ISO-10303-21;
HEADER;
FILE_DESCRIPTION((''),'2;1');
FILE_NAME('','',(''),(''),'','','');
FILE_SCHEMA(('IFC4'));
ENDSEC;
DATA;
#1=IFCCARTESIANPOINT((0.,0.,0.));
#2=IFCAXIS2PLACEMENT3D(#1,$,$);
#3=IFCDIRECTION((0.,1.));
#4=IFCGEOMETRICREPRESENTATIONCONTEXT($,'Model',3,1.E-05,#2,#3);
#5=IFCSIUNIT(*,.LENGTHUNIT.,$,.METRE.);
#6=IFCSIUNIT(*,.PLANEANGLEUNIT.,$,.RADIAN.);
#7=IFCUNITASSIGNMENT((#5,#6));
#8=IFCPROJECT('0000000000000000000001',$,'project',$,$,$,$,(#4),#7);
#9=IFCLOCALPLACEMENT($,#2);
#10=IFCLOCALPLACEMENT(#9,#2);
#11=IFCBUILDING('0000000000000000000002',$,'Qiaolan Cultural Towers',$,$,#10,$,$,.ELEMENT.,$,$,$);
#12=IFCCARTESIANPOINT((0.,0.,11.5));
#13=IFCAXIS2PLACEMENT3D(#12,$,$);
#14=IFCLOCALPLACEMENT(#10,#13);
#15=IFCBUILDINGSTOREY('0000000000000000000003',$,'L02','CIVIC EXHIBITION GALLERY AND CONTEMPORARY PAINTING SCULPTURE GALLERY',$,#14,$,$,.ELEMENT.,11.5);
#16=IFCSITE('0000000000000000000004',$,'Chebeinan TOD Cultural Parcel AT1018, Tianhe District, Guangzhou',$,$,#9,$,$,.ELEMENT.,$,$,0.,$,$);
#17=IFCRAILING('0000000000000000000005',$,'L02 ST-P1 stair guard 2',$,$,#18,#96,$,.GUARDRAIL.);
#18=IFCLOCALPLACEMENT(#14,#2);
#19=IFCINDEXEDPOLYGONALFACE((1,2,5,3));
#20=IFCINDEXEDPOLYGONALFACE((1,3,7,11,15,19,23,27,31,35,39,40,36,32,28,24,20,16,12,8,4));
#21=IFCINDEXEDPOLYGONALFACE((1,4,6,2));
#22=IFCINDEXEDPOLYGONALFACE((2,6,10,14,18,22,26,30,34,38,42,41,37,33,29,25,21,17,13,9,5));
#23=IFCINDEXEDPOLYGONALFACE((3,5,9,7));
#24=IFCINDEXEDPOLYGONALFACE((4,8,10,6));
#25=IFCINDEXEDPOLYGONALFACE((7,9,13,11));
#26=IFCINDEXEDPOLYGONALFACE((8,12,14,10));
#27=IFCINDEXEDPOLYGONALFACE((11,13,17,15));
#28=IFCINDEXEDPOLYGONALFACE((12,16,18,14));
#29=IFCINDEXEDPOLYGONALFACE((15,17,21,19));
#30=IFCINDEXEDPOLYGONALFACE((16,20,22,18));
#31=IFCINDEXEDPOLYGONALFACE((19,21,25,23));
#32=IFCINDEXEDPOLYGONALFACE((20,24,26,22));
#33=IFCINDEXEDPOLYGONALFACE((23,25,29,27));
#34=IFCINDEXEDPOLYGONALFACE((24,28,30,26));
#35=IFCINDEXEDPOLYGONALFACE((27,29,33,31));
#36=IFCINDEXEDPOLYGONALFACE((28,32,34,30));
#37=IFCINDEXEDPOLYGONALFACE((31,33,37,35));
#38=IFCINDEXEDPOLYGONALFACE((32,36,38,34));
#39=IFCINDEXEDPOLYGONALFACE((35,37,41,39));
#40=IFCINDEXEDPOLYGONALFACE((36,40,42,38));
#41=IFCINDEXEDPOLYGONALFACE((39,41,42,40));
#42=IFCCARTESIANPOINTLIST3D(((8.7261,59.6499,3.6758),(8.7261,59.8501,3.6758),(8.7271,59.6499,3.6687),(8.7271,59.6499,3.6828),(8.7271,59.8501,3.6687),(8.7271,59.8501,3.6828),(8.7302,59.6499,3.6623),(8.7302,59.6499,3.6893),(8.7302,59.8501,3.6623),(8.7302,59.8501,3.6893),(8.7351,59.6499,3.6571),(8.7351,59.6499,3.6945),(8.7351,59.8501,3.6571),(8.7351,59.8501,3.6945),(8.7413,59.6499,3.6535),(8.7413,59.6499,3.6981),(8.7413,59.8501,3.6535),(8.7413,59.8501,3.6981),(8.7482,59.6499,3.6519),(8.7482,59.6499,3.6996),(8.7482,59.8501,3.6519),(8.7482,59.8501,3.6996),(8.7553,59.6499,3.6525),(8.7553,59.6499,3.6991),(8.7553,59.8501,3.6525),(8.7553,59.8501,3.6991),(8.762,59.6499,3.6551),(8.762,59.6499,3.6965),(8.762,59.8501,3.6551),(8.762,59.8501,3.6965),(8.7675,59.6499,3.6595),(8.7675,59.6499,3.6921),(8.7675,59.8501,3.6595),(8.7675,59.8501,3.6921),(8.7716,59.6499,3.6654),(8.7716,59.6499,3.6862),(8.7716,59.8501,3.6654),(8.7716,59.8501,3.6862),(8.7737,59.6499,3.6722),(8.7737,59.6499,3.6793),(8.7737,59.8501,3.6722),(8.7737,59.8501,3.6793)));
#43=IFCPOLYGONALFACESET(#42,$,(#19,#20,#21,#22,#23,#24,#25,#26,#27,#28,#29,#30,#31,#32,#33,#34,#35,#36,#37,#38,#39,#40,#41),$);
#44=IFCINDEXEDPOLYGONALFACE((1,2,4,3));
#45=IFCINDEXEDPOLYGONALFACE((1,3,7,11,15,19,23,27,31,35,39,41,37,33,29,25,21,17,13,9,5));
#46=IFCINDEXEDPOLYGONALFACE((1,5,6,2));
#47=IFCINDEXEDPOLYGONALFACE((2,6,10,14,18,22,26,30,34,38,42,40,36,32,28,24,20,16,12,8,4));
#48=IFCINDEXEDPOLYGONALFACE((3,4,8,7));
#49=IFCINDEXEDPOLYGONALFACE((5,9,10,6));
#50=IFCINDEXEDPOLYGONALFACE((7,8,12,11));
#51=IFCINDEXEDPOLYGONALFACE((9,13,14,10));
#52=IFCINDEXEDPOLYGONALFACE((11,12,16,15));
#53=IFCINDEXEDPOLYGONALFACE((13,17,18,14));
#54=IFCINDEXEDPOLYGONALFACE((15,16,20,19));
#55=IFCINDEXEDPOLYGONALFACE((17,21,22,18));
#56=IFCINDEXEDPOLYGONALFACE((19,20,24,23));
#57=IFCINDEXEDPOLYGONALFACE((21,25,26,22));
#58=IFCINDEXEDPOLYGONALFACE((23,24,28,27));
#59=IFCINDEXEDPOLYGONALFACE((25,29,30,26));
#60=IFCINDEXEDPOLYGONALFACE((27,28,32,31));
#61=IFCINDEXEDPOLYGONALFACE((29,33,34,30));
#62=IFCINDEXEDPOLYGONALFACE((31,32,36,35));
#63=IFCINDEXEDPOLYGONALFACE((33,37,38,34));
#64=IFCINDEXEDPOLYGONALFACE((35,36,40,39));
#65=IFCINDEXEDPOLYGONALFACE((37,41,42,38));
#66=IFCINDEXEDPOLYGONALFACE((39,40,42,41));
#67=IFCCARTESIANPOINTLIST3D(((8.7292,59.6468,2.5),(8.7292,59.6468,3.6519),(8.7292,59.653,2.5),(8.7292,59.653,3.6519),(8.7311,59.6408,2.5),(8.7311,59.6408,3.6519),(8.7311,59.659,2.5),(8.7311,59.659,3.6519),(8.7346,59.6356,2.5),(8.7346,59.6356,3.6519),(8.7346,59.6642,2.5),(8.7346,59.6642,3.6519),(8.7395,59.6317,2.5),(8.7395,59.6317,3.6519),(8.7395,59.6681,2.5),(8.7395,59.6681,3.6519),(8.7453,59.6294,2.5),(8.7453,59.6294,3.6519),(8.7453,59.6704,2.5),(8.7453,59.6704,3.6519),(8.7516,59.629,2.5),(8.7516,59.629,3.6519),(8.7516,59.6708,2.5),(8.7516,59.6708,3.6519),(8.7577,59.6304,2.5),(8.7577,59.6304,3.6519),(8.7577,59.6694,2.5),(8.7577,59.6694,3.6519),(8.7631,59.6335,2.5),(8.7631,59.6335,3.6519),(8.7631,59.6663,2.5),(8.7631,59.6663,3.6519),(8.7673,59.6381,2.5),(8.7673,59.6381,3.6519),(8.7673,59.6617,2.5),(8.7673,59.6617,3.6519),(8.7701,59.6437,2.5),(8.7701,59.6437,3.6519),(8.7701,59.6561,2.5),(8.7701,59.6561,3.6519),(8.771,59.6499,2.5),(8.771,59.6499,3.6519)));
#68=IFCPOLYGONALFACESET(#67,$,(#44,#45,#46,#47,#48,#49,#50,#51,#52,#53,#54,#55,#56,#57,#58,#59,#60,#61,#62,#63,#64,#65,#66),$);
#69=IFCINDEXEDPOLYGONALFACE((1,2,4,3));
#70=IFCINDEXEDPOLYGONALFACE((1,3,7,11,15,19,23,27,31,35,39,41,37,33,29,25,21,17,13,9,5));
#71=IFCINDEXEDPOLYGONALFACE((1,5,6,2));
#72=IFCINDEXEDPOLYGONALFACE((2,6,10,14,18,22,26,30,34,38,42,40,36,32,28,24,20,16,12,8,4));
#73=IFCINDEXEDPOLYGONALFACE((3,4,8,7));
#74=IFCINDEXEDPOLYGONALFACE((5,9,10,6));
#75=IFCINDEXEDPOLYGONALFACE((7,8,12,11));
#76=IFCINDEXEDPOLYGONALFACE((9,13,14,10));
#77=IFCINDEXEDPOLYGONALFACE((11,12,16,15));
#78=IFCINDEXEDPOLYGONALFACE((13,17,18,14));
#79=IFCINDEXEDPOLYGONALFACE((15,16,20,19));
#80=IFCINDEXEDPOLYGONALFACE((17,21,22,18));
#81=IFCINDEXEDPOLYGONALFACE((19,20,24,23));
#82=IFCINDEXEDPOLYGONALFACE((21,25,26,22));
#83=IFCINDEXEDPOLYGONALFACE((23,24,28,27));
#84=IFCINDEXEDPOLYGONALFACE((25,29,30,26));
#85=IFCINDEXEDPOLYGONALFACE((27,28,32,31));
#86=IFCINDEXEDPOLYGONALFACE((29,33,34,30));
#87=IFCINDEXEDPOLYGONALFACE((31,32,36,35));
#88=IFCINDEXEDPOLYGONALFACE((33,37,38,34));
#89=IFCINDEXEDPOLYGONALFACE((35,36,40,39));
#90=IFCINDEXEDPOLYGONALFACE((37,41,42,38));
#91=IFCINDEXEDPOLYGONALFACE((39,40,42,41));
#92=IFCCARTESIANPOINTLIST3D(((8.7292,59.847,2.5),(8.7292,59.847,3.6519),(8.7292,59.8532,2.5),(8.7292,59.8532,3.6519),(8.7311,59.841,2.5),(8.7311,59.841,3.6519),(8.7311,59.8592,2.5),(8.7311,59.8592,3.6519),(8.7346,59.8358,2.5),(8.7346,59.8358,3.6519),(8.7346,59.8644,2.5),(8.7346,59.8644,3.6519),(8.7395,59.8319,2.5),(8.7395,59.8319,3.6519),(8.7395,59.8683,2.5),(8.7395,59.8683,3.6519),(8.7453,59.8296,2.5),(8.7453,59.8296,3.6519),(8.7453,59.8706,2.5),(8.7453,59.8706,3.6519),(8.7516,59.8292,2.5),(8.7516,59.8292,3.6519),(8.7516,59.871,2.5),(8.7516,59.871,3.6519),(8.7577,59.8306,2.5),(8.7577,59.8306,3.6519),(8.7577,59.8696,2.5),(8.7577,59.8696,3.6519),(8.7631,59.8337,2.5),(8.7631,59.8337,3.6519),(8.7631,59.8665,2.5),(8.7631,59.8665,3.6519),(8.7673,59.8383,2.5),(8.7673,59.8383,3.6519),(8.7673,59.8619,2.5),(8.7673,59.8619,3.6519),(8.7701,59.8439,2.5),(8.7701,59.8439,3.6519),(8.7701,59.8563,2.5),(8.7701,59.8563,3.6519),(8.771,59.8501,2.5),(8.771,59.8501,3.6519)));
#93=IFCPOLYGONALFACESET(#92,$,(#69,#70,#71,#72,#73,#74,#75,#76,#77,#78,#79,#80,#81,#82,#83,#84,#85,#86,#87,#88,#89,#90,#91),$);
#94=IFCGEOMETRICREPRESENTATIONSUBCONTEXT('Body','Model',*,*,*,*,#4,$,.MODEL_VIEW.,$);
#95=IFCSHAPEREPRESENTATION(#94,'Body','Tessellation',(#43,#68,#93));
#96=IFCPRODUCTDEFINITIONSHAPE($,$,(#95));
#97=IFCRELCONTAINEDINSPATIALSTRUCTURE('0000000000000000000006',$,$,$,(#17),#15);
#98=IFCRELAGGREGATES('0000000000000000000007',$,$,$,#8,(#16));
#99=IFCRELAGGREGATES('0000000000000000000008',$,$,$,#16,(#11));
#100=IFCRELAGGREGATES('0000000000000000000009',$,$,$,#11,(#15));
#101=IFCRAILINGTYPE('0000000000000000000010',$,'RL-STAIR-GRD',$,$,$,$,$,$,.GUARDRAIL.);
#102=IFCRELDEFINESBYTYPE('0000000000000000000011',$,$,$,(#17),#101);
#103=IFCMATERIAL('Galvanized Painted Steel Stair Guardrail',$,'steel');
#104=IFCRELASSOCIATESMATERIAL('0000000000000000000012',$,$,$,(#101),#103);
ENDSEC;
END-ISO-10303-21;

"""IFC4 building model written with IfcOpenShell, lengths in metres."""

from ifc_helpers import new_model, si_unit, direction, frame, origin, origin_2d, place, context, subcontext, project, spatial, circle, extrude, material, type_object, element, save


model = new_model("IFC4")

# Units and contexts
model_context = context("Model", 3, precision=1e-05, world=origin(), true_north=direction((0.0, 1.0)))
body_context = subcontext(model_context, "Body", "Model", "MODEL_VIEW")
ifc_project = project(units=[si_unit("LENGTHUNIT", "METRE"), si_unit("PLANEANGLEUNIT", "RADIAN")], contexts=[model_context])

# Site, building, storey
site_placement = place(None, origin())
site = spatial("IfcSite", under=ifc_project, at=site_placement, Name="Chebeinan TOD Cultural Parcel AT1018, Tianhe District, Guangzhou", CompositionType="ELEMENT", RefElevation=0.0)
building_placement = place(site_placement, origin())
building = spatial("IfcBuilding", under=site, at=building_placement, Name="Qiaolan Cultural Towers", CompositionType="ELEMENT")
storey_placement = place(building_placement, frame((0.0, 0.0, 11.5)))
storey = spatial("IfcBuildingStorey", under=building, at=storey_placement, Name="L02", Description="CIVIC EXHIBITION GALLERY AND CONTEMPORARY PAINTING SCULPTURE GALLERY", CompositionType="ELEMENT", Elevation=11.5)

# Railing
ifc_material_1 = material(Name="Galvanized Painted Steel Stair Guardrail", Category="steel")
railing_type_1 = type_object("IfcRailingType", Name="RL-STAIR-GRD", PredefinedType="GUARDRAIL", material=ifc_material_1)
railing_1_placement = place(storey_placement, frame((8.75, 59.6499, 2.5)))
element("IfcRailing", 1, at=railing_1_placement, inside=storey, type_object=railing_type_1, Name="L02 ST-P1 stair guard 2", PredefinedType="GUARDRAIL", context=body_context, shape_type="SweptSolid", body=[
    extrude(circle(Radius=0.0239, at=origin_2d()), frame((0.0, 0.0, 1.1758), z_axis=(0.0, 1.0, 0.0), x_axis=(-1.0, 0.0, 0.0)), (0.0, 0.0, 1.0), 0.2002),
    extrude(circle(Radius=0.021, at=origin_2d()), origin(), (0.0, 0.0, 1.0), 1.1519),
    extrude(circle(Radius=0.021, at=origin_2d()), frame((0.0, 0.2002, 0.0)), (0.0, 0.0, 1.0), 1.1519),
])

save(model, "model.ifc")
